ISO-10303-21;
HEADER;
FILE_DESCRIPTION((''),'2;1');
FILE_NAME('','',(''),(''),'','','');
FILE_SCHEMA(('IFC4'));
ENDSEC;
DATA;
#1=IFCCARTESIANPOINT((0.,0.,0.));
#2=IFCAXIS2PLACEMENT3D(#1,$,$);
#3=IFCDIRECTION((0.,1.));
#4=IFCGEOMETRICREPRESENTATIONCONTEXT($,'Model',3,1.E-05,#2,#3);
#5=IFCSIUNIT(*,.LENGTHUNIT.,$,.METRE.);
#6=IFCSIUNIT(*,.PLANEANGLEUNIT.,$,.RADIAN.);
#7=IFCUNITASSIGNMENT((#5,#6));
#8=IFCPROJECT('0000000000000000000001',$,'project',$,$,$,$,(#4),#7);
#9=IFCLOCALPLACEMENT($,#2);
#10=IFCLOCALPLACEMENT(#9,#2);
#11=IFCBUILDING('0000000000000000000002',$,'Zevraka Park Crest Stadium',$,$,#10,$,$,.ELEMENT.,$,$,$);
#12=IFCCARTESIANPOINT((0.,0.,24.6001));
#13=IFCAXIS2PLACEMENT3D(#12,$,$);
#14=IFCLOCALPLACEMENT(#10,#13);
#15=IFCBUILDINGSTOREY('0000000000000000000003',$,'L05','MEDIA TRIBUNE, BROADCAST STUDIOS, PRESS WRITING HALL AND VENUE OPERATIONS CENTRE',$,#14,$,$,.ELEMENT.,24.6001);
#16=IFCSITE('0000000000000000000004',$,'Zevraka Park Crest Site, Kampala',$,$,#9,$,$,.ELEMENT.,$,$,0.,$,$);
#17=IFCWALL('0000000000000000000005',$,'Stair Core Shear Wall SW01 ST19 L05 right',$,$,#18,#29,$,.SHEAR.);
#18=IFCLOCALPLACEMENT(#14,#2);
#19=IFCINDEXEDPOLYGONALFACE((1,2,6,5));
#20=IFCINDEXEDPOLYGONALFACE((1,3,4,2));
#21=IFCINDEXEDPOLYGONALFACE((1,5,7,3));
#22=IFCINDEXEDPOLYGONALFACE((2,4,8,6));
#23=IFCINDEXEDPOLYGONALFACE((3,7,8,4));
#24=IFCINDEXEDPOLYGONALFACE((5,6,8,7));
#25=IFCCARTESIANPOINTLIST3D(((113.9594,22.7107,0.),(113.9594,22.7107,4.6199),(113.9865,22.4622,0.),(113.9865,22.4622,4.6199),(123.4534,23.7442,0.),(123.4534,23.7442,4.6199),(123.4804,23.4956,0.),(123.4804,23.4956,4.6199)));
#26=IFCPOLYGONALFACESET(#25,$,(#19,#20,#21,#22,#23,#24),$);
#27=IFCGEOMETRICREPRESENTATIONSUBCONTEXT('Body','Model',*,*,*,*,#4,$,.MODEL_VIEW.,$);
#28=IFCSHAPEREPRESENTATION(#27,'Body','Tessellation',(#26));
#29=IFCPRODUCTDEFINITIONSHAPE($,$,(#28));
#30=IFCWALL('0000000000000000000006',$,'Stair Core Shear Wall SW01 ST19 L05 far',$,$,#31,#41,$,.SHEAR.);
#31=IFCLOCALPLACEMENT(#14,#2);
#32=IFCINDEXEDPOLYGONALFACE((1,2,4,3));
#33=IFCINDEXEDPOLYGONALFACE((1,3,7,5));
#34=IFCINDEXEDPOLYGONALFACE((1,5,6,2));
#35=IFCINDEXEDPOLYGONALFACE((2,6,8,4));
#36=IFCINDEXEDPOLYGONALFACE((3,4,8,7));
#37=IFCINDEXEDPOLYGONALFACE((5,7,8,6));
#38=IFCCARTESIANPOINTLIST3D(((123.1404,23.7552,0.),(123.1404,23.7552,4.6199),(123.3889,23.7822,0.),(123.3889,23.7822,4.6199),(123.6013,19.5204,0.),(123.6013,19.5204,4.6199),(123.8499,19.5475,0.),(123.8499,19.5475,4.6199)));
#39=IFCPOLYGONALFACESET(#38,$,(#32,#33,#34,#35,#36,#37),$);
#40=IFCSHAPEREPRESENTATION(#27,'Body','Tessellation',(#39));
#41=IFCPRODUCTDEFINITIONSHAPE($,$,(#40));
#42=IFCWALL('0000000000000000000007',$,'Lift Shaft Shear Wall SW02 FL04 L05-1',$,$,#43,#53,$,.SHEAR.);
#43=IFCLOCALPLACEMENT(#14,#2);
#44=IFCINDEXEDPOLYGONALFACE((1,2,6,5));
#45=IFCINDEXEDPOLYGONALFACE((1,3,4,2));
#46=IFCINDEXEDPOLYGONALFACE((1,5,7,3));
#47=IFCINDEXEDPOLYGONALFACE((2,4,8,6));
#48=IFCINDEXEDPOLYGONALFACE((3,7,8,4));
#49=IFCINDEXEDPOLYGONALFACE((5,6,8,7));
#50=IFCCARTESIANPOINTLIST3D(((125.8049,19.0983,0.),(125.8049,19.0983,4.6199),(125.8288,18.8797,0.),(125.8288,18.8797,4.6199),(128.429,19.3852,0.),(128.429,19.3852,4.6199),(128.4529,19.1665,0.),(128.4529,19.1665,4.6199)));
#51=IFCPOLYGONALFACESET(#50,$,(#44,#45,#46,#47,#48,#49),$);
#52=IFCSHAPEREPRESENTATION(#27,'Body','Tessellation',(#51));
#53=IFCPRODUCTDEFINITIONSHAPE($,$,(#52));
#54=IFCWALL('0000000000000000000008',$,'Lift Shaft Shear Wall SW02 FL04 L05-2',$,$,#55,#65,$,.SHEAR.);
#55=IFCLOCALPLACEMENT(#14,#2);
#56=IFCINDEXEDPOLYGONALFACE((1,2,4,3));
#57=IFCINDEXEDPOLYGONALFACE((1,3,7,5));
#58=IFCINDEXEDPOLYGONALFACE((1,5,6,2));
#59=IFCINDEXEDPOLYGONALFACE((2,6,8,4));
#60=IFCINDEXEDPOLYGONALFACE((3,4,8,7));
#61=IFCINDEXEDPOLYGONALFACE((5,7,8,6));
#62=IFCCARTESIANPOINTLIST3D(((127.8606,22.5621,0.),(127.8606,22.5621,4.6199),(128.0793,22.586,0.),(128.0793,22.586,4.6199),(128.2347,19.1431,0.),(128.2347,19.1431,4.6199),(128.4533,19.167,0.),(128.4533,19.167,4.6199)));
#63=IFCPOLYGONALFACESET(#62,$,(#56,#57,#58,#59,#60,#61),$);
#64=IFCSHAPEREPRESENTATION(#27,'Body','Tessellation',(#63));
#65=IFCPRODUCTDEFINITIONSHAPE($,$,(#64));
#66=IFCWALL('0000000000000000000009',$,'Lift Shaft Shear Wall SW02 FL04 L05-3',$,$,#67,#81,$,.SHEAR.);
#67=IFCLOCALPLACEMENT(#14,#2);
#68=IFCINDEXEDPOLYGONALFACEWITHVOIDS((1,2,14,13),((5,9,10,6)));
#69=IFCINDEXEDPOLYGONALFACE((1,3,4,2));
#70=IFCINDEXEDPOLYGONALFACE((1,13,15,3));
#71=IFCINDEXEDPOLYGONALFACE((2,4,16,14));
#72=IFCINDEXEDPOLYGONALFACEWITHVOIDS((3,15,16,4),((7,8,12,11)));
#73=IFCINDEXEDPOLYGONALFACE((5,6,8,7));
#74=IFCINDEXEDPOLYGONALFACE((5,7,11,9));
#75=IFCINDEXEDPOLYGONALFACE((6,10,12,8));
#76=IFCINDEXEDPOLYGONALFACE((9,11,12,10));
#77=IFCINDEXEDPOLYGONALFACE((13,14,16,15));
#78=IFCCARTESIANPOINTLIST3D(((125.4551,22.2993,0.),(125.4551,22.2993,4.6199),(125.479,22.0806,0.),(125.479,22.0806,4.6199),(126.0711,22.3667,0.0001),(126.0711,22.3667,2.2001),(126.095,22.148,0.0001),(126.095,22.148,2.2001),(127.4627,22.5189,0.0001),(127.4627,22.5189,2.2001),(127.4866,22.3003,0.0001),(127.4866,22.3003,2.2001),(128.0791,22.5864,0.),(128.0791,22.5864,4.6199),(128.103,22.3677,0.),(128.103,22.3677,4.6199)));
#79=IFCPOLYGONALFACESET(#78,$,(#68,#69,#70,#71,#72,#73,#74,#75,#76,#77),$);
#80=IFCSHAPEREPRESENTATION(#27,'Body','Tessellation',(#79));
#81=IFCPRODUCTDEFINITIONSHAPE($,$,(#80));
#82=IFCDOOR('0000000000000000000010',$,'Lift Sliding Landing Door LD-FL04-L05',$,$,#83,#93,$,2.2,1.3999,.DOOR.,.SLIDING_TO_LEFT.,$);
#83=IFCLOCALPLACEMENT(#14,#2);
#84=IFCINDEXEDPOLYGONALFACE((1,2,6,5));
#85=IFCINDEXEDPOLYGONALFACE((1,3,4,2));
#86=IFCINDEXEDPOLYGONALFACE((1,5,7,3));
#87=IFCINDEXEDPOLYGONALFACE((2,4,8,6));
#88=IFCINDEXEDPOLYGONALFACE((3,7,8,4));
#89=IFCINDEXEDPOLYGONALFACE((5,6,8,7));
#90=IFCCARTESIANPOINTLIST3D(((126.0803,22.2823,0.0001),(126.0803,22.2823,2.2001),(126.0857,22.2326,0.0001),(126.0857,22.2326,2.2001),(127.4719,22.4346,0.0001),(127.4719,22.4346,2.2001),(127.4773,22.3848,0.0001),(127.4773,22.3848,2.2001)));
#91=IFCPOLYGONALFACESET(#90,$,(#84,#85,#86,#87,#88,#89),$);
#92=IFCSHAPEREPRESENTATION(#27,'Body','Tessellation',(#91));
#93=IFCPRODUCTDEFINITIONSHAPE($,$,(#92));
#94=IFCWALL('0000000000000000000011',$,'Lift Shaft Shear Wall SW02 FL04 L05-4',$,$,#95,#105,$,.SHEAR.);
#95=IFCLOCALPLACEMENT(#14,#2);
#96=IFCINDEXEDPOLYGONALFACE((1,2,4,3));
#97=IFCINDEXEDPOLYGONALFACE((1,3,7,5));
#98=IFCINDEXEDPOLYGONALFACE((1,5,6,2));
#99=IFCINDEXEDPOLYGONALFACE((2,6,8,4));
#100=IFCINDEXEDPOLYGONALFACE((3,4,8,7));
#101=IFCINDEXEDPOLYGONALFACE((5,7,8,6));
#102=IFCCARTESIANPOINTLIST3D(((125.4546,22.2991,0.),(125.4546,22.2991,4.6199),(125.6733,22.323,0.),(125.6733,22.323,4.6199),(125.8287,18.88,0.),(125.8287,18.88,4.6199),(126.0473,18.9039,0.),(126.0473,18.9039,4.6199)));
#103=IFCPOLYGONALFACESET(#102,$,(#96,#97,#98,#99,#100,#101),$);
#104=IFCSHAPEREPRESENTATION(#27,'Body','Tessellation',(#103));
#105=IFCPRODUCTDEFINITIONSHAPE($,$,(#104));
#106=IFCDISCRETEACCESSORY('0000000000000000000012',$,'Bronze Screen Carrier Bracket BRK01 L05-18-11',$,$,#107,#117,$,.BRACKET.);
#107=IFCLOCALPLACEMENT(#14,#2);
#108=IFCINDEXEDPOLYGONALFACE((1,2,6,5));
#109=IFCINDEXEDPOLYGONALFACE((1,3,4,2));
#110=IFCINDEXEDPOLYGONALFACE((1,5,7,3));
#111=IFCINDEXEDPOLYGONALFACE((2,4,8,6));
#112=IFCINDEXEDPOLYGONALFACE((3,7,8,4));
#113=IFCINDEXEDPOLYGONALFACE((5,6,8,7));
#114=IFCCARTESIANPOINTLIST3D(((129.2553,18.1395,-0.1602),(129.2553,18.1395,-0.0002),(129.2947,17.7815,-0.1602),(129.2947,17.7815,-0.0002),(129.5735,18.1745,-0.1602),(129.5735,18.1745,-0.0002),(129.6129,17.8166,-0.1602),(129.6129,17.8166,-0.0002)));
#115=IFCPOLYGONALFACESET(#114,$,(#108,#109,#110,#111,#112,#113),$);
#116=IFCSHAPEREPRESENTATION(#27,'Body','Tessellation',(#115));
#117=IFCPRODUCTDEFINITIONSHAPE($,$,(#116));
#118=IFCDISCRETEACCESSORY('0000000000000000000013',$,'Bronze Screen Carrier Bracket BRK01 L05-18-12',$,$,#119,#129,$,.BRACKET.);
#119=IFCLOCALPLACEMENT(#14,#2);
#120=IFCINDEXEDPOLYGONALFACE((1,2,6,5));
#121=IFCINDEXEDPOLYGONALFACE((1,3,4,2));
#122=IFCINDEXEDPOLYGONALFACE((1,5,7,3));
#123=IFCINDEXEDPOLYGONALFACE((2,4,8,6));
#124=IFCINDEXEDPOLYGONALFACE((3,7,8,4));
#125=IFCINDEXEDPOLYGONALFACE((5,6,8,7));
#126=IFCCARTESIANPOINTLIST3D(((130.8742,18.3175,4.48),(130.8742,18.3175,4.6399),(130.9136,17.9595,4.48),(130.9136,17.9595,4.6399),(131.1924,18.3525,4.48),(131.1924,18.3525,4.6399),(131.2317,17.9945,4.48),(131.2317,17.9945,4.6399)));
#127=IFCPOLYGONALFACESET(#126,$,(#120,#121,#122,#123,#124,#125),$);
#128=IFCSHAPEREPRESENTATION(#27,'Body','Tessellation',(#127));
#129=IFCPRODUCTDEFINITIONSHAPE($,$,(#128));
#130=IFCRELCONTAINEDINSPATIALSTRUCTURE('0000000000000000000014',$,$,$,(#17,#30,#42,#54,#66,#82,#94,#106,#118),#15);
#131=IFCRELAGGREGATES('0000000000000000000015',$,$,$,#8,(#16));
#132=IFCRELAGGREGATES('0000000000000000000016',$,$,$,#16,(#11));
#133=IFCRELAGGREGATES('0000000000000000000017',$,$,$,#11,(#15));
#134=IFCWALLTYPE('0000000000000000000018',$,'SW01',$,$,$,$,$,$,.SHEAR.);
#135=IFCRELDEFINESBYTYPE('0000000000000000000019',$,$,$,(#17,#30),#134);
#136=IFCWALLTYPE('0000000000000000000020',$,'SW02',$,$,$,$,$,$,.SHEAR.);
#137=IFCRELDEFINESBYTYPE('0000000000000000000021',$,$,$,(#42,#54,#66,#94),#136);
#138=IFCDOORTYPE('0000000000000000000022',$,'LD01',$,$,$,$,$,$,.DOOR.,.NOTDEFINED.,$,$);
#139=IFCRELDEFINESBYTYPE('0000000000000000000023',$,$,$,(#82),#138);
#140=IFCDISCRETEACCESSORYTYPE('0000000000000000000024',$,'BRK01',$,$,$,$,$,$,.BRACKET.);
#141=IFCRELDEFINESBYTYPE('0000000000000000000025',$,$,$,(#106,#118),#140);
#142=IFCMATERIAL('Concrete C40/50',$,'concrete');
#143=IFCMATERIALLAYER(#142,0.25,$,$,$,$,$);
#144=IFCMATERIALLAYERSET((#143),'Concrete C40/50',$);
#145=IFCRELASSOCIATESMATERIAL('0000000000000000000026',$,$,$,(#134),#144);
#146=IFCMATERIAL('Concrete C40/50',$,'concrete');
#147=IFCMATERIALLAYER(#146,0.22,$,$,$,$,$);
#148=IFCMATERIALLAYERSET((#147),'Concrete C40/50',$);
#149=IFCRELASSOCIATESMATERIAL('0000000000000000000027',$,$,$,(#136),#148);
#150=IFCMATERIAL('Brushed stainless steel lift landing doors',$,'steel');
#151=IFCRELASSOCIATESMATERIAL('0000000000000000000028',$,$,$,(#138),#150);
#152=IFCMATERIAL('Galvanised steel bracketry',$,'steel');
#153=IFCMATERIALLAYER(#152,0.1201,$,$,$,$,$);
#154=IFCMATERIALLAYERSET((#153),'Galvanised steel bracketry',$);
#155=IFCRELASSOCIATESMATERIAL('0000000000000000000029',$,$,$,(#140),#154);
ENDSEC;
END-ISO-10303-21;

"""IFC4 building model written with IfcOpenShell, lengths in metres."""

from ifc_helpers import new_model, si_unit, direction, frame, frame_2d, origin, origin_2d, place, context, subcontext, project, spatial, rectangle, extrude, material, layer, layer_set, type_object, element, fill, save


model = new_model("IFC4")

# Units and contexts
model_context = context("Model", 3, precision=1e-05, world=origin(), true_north=direction((0.0, 1.0)))
body_context = subcontext(model_context, "Body", "Model", "MODEL_VIEW")
ifc_project = project(units=[si_unit("LENGTHUNIT", "METRE"), si_unit("PLANEANGLEUNIT", "RADIAN")], contexts=[model_context])

# Site, building, storey
site_placement = place(None, origin())
site = spatial("IfcSite", under=ifc_project, at=site_placement, Name="Zevraka Park Crest Site, Kampala", CompositionType="ELEMENT", RefElevation=0.0)
building_placement = place(site_placement, origin())
building = spatial("IfcBuilding", under=site, at=building_placement, Name="Zevraka Park Crest Stadium", CompositionType="ELEMENT")
storey_placement = place(building_placement, frame((0.0, 0.0, 24.6001)))
storey = spatial("IfcBuildingStorey", under=building, at=storey_placement, Name="L05", Description="MEDIA TRIBUNE, BROADCAST STUDIOS, PRESS WRITING HALL AND VENUE OPERATIONS CENTRE", CompositionType="ELEMENT", Elevation=24.6001)

# Walls
ifc_material_1 = material(Name="Concrete C40/50", Category="concrete")
ifc_layer_1 = layer(ifc_material_1, 0.25)
ifc_layer_set_1 = layer_set([ifc_layer_1], Name="Concrete C40/50")
wall_type_1 = type_object("IfcWallType", Name="SW01", PredefinedType="SHEAR", material=ifc_layer_set_1)
wall_1_placement = place(storey_placement, frame((123.4668, 23.6199, 0.0), z_axis=(0.0, 0.0, 1.0), x_axis=(-0.994128, -0.108215, 0.0)))
element("IfcWall", 1, at=wall_1_placement, inside=storey, type_object=wall_type_1, Name="Stair Core Shear Wall SW01 ST19 L05 right", PredefinedType="SHEAR", context=body_context, shape_type="SweptSolid", body=[
    extrude(rectangle(XDim=9.55, YDim=0.25, at=frame_2d((4.7749, 0.0))), origin(), (0.0, 0.0, 1.0), 4.6199),
])
wall_2_placement = place(storey_placement, frame((123.7256, 19.5339, 0.0), z_axis=(0.0, 0.0, 1.0), x_axis=(-0.108204, 0.994129, 0.0)))
element("IfcWall", 2, at=wall_2_placement, inside=storey, type_object=wall_type_1, Name="Stair Core Shear Wall SW01 ST19 L05 far", PredefinedType="SHEAR", context=body_context, shape_type="SweptSolid", body=[
    extrude(rectangle(XDim=4.2598, YDim=0.25, at=frame_2d((2.1299, 0.0))), origin(), (0.0, 0.0, 1.0), 4.6199),
])
ifc_material_2 = material(Name="Concrete C40/50", Category="concrete")
ifc_layer_2 = layer(ifc_material_2, 0.22)
ifc_layer_set_2 = layer_set([ifc_layer_2], Name="Concrete C40/50")
wall_type_2 = type_object("IfcWallType", Name="SW02", PredefinedType="SHEAR", material=ifc_layer_set_2)
wall_3_placement = place(storey_placement, frame((125.8169, 18.989, 0.0), z_axis=(0.0, 0.0, 1.0), x_axis=(0.994077, 0.108675, 0.0)))
element("IfcWall", 3, at=wall_3_placement, inside=storey, type_object=wall_type_2, Name="Lift Shaft Shear Wall SW02 FL04 L05-1", PredefinedType="SHEAR", context=body_context, shape_type="SweptSolid", body=[
    extrude(rectangle(XDim=2.6396, YDim=0.22, at=frame_2d((1.3198, 0.0))), origin(), (0.0, 0.0, 1.0), 4.6199),
])
wall_4_placement = place(storey_placement, frame((128.344, 19.155, 0.0), z_axis=(0.0, 0.0, 1.0), x_axis=(-0.108749, 0.994069, 0.0)))
element("IfcWall", 4, at=wall_4_placement, inside=storey, type_object=wall_type_2, Name="Lift Shaft Shear Wall SW02 FL04 L05-2", PredefinedType="SHEAR", context=body_context, shape_type="SweptSolid", body=[
    extrude(rectangle(XDim=3.4395, YDim=0.22, at=frame_2d((1.7197, 0.0))), origin(), (0.0, 0.0, 1.0), 4.6199),
])

# Wall, opening, door
wall_5_placement = place(storey_placement, frame((128.0911, 22.4771, 0.0), z_axis=(0.0, 0.0, 1.0), x_axis=(-0.994067, -0.108767, 0.0)))
wall_5 = element("IfcWall", 5, at=wall_5_placement, inside=storey, type_object=wall_type_2, Name="Lift Shaft Shear Wall SW02 FL04 L05-3", PredefinedType="SHEAR", context=body_context, shape_type="SweptSolid", body=[
    extrude(rectangle(XDim=2.6396, YDim=0.22, at=frame_2d((1.3198, 0.0))), origin(), (0.0, 0.0, 1.0), 4.6199),
])
opening_1_placement = place(wall_5_placement, frame((0.6201, 0.0, 0.0)))
opening_1 = element("IfcOpeningElement", 6, at=opening_1_placement, cuts=wall_5, PredefinedType="OPENING", context=body_context, shape_type="SweptSolid", body=[
    extrude(rectangle(XDim=1.3999, YDim=2.2, at=frame_2d((0.7, 1.1001))), frame((0.0, 0.1199, 0.0), z_axis=(0.0, -1.0, 0.0), x_axis=(1.0, 0.0, 0.0)), (0.0, 0.0, 1.0), 0.24),
])
ifc_material_3 = material(Name="Brushed stainless steel lift landing doors", Category="steel")
door_type_1 = type_object("IfcDoorType", Name="LD01", OperationType="NOTDEFINED", PredefinedType="DOOR", material=ifc_material_3)
door_1_placement = place(opening_1_placement, origin())
door_1 = element("IfcDoor", 7, at=door_1_placement, inside=storey, type_object=door_type_1, Name="Lift Sliding Landing Door LD-FL04-L05", OperationType="SLIDING_TO_LEFT", OverallHeight=2.2, OverallWidth=1.3999, PredefinedType="DOOR", context=body_context, shape_type="SweptSolid", body=[
    extrude(rectangle(XDim=1.3999, YDim=2.2, at=frame_2d((0.7, 1.1001))), frame((0.0, 0.0249, 0.0), z_axis=(0.0, -1.0, 0.0), x_axis=(1.0, 0.0, 0.0)), (0.0, 0.0, 1.0), 0.05),
])
fill(opening_1, door_1)

# Wall
wall_6_placement = place(storey_placement, frame((125.564, 22.311, 0.0), z_axis=(0.0, 0.0, 1.0), x_axis=(0.108749, -0.994069, 0.0)))
element("IfcWall", 8, at=wall_6_placement, inside=storey, type_object=wall_type_2, Name="Lift Shaft Shear Wall SW02 FL04 L05-4", PredefinedType="SHEAR", context=body_context, shape_type="SweptSolid", body=[
    extrude(rectangle(XDim=3.4395, YDim=0.22, at=frame_2d((1.7197, 0.0))), origin(), (0.0, 0.0, 1.0), 4.6199),
])

# Discrete accessories
ifc_material_4 = material(Name="Galvanised steel bracketry", Category="steel")
ifc_layer_3 = layer(ifc_material_4, 0.1201)
ifc_layer_set_3 = layer_set([ifc_layer_3], Name="Galvanised steel bracketry")
discrete_accessory_type = type_object("IfcDiscreteAccessoryType", Name="BRK01", PredefinedType="BRACKET", material=ifc_layer_set_3)
for number, where, z_axis, x_axis, name in (
    (9, (129.4341, 17.978, -0.1602), (0.0, 0.0, 1.0), (0.993999, 0.109387, 0.0), "Bronze Screen Carrier Bracket BRK01 L05-18-11"),
    (10, (131.053, 18.156, 4.48), (0.0, 0.0, 1.0), (0.993999, 0.109387, 0.0), "Bronze Screen Carrier Bracket BRK01 L05-18-12"),
):
    element("IfcDiscreteAccessory", number, at=place(storey_placement, frame(where, z_axis=z_axis, x_axis=x_axis)), inside=storey, type_object=discrete_accessory_type, Name=name, PredefinedType="BRACKET", context=body_context, shape_type="SweptSolid", body=[
        extrude(rectangle(XDim=0.3201, YDim=0.3601, at=origin_2d()), origin(), (0.0, 0.0, 1.0), 0.1599),
    ])

save(model, "model.ifc")
